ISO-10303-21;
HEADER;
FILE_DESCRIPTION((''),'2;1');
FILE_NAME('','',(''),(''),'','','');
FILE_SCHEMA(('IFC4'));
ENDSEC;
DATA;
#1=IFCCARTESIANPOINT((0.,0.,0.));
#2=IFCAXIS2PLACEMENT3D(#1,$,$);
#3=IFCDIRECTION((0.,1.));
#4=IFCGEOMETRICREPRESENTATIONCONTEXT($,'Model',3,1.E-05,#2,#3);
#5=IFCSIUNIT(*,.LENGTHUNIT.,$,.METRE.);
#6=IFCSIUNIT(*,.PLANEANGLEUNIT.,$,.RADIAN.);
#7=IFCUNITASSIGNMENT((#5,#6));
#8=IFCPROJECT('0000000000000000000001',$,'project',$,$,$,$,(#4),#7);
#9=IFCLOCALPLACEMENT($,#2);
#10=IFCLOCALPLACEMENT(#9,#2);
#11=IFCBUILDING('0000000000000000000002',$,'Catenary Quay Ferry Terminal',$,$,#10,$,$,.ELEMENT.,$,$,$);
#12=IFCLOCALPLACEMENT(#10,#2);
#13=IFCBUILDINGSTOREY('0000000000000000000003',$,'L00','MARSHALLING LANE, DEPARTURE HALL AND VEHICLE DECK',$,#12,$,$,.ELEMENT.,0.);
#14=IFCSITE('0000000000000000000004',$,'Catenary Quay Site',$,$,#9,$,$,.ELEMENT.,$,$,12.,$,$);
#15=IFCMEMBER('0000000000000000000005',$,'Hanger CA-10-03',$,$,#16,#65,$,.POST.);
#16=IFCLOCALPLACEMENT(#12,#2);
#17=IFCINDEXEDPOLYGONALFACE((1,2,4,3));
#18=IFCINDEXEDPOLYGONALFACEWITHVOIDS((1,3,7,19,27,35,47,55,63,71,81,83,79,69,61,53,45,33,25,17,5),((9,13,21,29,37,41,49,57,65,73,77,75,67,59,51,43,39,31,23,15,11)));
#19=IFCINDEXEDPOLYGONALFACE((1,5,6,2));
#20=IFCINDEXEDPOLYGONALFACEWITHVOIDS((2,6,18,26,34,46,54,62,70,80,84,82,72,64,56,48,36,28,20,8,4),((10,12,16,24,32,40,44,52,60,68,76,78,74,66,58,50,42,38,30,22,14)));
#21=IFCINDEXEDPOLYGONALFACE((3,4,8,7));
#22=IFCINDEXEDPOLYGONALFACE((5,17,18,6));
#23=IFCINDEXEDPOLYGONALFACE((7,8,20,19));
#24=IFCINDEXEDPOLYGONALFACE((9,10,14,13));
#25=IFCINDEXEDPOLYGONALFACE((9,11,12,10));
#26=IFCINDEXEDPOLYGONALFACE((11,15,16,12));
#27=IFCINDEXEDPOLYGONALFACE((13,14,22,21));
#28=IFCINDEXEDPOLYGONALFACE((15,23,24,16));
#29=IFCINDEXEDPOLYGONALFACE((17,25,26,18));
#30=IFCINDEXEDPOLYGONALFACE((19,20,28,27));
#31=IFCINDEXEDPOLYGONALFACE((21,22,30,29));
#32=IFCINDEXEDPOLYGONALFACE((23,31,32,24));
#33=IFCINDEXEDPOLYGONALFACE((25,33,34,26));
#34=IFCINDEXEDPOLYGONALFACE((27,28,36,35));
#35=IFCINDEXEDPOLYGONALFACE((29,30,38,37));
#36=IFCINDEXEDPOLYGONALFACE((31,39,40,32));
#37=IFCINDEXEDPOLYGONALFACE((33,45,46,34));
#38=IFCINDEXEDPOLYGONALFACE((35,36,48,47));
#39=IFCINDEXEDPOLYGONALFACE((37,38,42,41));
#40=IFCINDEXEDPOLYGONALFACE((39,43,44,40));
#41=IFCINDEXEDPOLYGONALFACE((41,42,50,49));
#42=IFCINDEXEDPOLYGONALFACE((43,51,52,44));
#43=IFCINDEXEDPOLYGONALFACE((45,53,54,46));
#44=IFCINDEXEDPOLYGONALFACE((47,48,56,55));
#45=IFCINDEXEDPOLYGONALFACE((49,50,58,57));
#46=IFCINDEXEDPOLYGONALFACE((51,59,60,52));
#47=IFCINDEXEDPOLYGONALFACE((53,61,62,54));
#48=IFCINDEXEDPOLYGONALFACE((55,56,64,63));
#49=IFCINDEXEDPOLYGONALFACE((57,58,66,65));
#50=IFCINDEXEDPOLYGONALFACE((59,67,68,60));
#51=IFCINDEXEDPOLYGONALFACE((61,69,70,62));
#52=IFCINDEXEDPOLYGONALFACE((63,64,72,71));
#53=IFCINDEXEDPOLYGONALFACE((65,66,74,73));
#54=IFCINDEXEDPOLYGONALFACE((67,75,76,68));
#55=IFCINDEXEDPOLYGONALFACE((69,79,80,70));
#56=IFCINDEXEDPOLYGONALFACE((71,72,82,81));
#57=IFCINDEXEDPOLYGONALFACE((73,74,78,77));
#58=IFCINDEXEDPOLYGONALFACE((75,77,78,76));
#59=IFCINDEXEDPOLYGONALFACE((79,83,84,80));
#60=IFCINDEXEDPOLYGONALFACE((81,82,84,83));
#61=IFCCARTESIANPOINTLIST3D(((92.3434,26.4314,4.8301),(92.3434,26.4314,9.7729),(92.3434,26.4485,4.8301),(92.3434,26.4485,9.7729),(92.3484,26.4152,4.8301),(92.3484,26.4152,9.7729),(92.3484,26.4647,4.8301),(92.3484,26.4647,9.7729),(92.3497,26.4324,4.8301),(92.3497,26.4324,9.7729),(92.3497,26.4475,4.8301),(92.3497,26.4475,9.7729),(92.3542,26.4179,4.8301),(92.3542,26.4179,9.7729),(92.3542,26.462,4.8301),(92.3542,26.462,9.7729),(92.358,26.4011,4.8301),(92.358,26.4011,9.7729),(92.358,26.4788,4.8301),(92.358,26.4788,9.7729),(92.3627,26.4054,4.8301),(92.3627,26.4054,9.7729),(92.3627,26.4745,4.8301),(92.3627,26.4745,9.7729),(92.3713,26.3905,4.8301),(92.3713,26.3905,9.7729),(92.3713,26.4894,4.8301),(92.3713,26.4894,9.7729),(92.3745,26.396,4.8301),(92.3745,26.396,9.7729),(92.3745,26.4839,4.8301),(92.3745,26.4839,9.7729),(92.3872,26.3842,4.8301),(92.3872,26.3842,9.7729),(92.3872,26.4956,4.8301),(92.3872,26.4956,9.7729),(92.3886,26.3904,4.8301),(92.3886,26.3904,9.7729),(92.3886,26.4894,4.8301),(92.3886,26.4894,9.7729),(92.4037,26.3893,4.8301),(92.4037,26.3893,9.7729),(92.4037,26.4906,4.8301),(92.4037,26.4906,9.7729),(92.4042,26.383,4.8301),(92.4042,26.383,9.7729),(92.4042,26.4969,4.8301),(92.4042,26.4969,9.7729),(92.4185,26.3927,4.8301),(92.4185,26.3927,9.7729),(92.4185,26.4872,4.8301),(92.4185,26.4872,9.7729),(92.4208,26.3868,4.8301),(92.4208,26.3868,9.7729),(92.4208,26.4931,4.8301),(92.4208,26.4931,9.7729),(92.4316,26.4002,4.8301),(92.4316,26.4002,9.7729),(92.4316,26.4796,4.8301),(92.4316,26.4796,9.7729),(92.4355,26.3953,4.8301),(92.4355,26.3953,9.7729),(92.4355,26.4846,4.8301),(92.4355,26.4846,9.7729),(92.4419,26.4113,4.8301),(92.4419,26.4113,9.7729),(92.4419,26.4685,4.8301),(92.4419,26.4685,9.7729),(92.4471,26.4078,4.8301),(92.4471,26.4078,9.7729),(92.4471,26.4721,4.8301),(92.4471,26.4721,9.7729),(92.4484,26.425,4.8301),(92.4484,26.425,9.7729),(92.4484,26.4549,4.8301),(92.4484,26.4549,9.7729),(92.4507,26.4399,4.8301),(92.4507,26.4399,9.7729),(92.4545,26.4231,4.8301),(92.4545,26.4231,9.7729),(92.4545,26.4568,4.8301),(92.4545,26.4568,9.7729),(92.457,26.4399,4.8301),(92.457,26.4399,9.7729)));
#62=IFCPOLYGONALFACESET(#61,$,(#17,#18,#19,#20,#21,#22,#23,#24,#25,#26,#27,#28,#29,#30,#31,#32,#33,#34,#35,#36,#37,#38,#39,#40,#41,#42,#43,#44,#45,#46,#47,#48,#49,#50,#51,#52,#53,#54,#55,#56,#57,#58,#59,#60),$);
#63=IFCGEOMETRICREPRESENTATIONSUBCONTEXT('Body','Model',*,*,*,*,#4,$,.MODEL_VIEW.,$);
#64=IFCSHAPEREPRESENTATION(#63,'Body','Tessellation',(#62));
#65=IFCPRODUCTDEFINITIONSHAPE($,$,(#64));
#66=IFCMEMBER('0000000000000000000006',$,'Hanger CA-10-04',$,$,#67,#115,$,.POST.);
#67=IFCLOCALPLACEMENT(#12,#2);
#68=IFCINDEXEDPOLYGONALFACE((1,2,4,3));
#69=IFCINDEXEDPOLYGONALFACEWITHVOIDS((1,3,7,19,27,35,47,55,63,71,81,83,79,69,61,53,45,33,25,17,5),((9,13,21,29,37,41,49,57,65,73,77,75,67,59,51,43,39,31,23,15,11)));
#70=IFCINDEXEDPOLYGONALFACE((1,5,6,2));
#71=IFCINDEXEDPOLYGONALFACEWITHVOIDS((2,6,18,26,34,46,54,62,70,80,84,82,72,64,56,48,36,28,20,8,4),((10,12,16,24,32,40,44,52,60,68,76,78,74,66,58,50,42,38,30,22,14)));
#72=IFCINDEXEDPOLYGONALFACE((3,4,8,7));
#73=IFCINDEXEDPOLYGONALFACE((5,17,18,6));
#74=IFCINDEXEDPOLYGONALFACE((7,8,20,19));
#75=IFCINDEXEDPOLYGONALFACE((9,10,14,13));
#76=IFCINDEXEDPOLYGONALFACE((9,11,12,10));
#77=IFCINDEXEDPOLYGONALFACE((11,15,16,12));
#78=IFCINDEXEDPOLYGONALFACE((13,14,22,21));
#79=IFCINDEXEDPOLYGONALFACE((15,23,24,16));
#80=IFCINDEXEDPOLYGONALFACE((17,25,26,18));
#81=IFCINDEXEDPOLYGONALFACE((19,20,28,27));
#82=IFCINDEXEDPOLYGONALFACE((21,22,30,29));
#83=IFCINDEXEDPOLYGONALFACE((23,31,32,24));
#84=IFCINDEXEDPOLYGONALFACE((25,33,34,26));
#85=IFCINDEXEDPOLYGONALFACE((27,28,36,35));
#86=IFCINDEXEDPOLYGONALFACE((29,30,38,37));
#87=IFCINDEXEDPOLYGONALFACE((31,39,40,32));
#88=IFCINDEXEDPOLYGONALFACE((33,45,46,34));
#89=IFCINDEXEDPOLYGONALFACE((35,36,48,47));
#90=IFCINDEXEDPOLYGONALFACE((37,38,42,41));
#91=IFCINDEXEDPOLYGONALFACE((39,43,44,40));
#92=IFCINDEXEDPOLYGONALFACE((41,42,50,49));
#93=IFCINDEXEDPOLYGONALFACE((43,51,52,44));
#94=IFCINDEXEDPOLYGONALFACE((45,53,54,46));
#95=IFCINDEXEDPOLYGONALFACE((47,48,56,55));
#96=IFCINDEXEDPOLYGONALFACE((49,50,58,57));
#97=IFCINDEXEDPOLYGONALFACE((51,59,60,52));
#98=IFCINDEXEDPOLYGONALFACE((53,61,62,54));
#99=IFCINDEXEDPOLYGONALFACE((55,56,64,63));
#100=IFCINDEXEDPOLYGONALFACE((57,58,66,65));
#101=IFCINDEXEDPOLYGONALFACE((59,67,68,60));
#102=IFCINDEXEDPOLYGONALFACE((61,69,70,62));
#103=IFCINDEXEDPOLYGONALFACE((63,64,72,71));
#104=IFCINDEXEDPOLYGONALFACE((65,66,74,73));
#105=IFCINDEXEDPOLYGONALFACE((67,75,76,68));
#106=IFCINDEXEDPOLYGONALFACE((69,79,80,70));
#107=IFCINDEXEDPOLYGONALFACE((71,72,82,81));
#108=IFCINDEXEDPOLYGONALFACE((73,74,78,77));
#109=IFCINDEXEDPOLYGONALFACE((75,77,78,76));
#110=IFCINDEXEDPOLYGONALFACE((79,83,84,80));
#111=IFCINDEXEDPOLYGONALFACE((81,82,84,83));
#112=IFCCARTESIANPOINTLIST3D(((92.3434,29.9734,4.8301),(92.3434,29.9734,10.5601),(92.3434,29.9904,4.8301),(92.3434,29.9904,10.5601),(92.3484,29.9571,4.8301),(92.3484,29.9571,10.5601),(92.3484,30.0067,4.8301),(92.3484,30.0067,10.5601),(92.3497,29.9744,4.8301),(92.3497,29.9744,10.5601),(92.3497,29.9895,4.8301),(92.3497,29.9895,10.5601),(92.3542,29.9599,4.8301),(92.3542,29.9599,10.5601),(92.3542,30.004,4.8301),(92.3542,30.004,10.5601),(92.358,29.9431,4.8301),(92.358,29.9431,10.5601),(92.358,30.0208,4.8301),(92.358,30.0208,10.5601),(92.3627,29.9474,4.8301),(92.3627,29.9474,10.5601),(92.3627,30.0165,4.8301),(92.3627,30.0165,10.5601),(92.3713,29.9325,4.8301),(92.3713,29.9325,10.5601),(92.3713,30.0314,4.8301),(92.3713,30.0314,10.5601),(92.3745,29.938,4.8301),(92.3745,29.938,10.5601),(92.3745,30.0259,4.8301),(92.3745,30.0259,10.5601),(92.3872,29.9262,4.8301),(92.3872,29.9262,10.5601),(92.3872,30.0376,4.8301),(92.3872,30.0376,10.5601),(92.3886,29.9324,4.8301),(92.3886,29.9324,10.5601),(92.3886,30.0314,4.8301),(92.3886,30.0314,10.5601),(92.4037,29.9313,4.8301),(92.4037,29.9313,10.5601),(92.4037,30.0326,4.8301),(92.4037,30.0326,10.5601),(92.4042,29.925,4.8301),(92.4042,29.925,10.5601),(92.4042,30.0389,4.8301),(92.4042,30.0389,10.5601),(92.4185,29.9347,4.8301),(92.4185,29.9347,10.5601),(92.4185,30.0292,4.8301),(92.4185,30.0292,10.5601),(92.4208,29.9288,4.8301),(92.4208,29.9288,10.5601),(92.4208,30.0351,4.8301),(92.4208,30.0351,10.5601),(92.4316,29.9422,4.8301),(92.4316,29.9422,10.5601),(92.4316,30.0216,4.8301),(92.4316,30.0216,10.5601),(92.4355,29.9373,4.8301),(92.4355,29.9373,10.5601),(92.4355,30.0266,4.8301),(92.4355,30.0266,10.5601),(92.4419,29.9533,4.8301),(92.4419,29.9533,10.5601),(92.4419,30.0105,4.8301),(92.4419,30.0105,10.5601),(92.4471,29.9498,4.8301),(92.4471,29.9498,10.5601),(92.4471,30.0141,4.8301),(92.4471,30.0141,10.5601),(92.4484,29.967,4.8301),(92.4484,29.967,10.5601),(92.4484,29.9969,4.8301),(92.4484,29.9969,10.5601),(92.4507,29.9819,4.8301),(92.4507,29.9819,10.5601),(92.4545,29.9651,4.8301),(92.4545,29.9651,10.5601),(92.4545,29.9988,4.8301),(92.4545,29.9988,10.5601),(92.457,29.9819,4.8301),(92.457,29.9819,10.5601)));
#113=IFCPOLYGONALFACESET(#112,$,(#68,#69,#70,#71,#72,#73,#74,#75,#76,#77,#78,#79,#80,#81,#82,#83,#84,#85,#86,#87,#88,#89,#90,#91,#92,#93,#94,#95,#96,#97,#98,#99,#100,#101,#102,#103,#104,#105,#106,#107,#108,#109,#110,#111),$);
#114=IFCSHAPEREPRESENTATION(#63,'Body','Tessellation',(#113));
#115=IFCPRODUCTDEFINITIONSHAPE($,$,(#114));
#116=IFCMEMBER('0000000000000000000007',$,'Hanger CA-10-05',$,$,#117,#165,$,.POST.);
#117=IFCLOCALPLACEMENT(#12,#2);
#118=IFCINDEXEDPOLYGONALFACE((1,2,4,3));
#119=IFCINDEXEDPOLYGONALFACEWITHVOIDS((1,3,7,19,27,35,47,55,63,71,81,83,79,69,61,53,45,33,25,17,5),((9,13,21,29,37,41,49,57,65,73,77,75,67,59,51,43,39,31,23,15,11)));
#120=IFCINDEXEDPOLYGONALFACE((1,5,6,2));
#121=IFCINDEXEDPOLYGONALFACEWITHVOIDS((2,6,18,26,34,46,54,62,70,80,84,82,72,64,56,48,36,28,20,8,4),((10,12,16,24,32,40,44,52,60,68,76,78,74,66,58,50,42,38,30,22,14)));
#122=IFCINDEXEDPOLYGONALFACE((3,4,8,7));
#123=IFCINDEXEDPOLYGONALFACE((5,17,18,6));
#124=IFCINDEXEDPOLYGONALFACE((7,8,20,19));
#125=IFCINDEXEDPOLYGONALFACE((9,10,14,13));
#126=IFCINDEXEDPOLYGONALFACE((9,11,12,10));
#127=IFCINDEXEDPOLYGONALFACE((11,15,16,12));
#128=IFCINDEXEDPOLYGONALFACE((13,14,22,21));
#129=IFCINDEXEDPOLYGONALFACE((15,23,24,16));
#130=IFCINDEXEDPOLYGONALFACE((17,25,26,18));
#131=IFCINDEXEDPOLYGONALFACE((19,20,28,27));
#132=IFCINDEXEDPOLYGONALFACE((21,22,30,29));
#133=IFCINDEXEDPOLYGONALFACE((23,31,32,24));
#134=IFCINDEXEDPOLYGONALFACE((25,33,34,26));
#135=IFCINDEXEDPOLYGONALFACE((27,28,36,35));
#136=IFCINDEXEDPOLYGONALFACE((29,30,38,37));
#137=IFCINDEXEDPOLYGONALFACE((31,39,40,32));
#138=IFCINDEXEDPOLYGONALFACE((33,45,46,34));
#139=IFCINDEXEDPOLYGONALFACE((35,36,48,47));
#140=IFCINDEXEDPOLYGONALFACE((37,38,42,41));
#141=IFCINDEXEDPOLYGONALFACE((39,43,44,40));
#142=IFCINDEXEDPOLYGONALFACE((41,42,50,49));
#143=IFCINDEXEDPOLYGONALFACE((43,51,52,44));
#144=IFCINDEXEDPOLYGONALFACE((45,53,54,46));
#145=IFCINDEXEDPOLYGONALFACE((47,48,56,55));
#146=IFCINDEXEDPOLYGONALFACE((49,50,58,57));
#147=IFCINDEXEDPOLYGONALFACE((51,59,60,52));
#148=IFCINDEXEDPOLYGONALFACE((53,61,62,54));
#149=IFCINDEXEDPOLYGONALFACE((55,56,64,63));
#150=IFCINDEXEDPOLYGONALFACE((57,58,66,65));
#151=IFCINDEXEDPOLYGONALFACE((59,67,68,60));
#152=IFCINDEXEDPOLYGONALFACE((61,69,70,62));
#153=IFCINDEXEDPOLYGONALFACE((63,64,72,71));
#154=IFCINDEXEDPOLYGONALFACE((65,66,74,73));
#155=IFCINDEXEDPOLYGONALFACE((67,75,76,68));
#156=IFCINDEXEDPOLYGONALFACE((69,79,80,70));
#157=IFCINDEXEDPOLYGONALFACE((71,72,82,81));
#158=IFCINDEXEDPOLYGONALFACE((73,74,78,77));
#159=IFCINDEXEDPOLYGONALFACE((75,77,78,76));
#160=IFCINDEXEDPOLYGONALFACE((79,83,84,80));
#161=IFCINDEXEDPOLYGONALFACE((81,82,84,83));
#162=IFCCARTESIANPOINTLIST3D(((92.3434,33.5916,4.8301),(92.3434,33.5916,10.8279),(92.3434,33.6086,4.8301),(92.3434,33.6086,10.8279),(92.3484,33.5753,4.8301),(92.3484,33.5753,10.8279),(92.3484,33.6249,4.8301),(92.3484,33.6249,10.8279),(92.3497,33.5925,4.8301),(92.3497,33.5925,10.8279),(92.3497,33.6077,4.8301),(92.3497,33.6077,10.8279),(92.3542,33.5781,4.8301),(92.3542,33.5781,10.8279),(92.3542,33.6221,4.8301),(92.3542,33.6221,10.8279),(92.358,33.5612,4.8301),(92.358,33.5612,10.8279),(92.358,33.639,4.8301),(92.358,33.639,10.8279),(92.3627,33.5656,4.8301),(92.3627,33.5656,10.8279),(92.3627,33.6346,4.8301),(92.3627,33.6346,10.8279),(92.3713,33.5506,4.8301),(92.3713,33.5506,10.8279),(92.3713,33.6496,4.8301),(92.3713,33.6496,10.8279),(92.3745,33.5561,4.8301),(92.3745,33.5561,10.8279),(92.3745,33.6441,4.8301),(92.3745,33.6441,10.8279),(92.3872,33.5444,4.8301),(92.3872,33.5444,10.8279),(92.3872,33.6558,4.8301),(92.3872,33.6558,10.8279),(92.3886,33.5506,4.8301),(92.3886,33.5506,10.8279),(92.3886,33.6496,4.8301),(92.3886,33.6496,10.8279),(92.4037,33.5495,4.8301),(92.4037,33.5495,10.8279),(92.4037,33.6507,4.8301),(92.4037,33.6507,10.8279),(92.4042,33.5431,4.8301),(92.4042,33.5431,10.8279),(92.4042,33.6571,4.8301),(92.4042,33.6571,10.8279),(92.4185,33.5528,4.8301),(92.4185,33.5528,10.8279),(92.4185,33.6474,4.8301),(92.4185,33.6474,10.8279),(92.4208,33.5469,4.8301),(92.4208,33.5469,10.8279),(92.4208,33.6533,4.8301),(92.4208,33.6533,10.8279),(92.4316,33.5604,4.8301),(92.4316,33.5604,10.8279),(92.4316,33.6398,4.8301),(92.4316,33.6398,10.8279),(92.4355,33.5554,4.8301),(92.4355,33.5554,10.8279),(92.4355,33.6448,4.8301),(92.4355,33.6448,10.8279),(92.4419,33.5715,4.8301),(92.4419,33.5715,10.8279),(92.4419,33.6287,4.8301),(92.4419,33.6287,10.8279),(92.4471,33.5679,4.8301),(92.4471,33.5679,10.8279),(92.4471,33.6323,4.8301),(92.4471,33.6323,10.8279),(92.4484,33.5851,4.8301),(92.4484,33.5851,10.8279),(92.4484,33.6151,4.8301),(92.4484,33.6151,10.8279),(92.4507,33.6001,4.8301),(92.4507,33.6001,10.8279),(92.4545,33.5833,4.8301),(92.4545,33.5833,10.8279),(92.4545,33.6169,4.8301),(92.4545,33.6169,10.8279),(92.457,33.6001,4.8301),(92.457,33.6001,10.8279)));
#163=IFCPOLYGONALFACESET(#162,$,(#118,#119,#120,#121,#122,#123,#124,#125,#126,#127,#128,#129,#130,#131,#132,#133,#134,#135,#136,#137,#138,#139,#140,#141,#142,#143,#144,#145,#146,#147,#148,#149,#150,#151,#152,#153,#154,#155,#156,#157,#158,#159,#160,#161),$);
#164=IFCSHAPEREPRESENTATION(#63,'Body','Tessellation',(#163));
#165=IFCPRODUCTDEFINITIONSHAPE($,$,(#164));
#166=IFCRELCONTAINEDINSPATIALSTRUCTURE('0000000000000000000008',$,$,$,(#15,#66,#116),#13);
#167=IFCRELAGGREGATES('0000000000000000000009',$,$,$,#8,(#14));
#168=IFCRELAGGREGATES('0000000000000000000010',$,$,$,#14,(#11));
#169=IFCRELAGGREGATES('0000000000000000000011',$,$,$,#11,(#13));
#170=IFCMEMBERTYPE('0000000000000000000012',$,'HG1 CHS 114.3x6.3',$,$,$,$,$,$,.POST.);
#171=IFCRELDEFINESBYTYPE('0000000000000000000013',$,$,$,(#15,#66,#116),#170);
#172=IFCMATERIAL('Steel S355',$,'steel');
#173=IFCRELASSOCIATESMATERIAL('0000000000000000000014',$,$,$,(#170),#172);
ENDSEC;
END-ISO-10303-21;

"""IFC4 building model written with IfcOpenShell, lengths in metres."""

from ifc_helpers import new_model, si_unit, direction, frame, origin, origin_2d, place, context, subcontext, project, spatial, hollow_circle, extrude, material, material_profile, profile_set, type_object, element, save


model = new_model("IFC4")

# Units and contexts
model_context = context("Model", 3, precision=1e-05, world=origin(), true_north=direction((0.0, 1.0)))
body_context = subcontext(model_context, "Body", "Model", "MODEL_VIEW")
ifc_project = project(units=[si_unit("LENGTHUNIT", "METRE"), si_unit("PLANEANGLEUNIT", "RADIAN")], contexts=[model_context])

# Site, building, storey
site_placement = place(None, origin())
site = spatial("IfcSite", under=ifc_project, at=site_placement, Name="Catenary Quay Site", CompositionType="ELEMENT", RefElevation=12.0)
building_placement = place(site_placement, origin())
building = spatial("IfcBuilding", under=site, at=building_placement, Name="Catenary Quay Ferry Terminal", CompositionType="ELEMENT")
storey_placement = place(building_placement, origin())
storey = spatial("IfcBuildingStorey", under=building, at=storey_placement, Name="L00", Description="MARSHALLING LANE, DEPARTURE HALL AND VEHICLE DECK", CompositionType="ELEMENT", Elevation=0.0)

# Members
ifc_material_1 = material(Name="Steel S355", Category="steel")
ifc_material_profile_1 = material_profile(ifc_material_1, hollow_circle(Radius=0.0571, WallThickness=0.0063, at=origin_2d()), Name="CHS 114.3x6.3")
ifc_profile_set_1 = profile_set([ifc_material_profile_1], Name="Steel S355")
member_type_1 = type_object("IfcMemberType", Name="HG1 CHS 114.3x6.3", PredefinedType="POST", material=ifc_profile_set_1)
member_1_placement = place(storey_placement, frame((92.3999, 26.4399, 4.8301), z_axis=(0.0, 0.0, 1.0), x_axis=(1.0, 0.0, 0.0)))
element("IfcMember", 1, at=member_1_placement, inside=storey, type_object=member_type_1, Name="Hanger CA-10-03", PredefinedType="POST", context=body_context, shape_type="SweptSolid", body=[
    extrude(hollow_circle(Radius=0.0571, WallThickness=0.0063, at=origin_2d()), origin(), (0.0, 0.0, 1.0), 4.9429),
])
member_2_placement = place(storey_placement, frame((92.3999, 29.9819, 4.8301), z_axis=(0.0, 0.0, 1.0), x_axis=(1.0, 0.0, 0.0)))
element("IfcMember", 2, at=member_2_placement, inside=storey, type_object=member_type_1, Name="Hanger CA-10-04", PredefinedType="POST", context=body_context, shape_type="SweptSolid", body=[
    extrude(hollow_circle(Radius=0.0571, WallThickness=0.0063, at=origin_2d()), origin(), (0.0, 0.0, 1.0), 5.73),
])
member_3_placement = place(storey_placement, frame((92.3999, 33.6001, 4.8301), z_axis=(0.0, 0.0, 1.0), x_axis=(1.0, 0.0, 0.0)))
element("IfcMember", 3, at=member_3_placement, inside=storey, type_object=member_type_1, Name="Hanger CA-10-05", PredefinedType="POST", context=body_context, shape_type="SweptSolid", body=[
    extrude(hollow_circle(Radius=0.0571, WallThickness=0.0063, at=origin_2d()), origin(), (0.0, 0.0, 1.0), 5.9978),
])

save(model, "model.ifc")
